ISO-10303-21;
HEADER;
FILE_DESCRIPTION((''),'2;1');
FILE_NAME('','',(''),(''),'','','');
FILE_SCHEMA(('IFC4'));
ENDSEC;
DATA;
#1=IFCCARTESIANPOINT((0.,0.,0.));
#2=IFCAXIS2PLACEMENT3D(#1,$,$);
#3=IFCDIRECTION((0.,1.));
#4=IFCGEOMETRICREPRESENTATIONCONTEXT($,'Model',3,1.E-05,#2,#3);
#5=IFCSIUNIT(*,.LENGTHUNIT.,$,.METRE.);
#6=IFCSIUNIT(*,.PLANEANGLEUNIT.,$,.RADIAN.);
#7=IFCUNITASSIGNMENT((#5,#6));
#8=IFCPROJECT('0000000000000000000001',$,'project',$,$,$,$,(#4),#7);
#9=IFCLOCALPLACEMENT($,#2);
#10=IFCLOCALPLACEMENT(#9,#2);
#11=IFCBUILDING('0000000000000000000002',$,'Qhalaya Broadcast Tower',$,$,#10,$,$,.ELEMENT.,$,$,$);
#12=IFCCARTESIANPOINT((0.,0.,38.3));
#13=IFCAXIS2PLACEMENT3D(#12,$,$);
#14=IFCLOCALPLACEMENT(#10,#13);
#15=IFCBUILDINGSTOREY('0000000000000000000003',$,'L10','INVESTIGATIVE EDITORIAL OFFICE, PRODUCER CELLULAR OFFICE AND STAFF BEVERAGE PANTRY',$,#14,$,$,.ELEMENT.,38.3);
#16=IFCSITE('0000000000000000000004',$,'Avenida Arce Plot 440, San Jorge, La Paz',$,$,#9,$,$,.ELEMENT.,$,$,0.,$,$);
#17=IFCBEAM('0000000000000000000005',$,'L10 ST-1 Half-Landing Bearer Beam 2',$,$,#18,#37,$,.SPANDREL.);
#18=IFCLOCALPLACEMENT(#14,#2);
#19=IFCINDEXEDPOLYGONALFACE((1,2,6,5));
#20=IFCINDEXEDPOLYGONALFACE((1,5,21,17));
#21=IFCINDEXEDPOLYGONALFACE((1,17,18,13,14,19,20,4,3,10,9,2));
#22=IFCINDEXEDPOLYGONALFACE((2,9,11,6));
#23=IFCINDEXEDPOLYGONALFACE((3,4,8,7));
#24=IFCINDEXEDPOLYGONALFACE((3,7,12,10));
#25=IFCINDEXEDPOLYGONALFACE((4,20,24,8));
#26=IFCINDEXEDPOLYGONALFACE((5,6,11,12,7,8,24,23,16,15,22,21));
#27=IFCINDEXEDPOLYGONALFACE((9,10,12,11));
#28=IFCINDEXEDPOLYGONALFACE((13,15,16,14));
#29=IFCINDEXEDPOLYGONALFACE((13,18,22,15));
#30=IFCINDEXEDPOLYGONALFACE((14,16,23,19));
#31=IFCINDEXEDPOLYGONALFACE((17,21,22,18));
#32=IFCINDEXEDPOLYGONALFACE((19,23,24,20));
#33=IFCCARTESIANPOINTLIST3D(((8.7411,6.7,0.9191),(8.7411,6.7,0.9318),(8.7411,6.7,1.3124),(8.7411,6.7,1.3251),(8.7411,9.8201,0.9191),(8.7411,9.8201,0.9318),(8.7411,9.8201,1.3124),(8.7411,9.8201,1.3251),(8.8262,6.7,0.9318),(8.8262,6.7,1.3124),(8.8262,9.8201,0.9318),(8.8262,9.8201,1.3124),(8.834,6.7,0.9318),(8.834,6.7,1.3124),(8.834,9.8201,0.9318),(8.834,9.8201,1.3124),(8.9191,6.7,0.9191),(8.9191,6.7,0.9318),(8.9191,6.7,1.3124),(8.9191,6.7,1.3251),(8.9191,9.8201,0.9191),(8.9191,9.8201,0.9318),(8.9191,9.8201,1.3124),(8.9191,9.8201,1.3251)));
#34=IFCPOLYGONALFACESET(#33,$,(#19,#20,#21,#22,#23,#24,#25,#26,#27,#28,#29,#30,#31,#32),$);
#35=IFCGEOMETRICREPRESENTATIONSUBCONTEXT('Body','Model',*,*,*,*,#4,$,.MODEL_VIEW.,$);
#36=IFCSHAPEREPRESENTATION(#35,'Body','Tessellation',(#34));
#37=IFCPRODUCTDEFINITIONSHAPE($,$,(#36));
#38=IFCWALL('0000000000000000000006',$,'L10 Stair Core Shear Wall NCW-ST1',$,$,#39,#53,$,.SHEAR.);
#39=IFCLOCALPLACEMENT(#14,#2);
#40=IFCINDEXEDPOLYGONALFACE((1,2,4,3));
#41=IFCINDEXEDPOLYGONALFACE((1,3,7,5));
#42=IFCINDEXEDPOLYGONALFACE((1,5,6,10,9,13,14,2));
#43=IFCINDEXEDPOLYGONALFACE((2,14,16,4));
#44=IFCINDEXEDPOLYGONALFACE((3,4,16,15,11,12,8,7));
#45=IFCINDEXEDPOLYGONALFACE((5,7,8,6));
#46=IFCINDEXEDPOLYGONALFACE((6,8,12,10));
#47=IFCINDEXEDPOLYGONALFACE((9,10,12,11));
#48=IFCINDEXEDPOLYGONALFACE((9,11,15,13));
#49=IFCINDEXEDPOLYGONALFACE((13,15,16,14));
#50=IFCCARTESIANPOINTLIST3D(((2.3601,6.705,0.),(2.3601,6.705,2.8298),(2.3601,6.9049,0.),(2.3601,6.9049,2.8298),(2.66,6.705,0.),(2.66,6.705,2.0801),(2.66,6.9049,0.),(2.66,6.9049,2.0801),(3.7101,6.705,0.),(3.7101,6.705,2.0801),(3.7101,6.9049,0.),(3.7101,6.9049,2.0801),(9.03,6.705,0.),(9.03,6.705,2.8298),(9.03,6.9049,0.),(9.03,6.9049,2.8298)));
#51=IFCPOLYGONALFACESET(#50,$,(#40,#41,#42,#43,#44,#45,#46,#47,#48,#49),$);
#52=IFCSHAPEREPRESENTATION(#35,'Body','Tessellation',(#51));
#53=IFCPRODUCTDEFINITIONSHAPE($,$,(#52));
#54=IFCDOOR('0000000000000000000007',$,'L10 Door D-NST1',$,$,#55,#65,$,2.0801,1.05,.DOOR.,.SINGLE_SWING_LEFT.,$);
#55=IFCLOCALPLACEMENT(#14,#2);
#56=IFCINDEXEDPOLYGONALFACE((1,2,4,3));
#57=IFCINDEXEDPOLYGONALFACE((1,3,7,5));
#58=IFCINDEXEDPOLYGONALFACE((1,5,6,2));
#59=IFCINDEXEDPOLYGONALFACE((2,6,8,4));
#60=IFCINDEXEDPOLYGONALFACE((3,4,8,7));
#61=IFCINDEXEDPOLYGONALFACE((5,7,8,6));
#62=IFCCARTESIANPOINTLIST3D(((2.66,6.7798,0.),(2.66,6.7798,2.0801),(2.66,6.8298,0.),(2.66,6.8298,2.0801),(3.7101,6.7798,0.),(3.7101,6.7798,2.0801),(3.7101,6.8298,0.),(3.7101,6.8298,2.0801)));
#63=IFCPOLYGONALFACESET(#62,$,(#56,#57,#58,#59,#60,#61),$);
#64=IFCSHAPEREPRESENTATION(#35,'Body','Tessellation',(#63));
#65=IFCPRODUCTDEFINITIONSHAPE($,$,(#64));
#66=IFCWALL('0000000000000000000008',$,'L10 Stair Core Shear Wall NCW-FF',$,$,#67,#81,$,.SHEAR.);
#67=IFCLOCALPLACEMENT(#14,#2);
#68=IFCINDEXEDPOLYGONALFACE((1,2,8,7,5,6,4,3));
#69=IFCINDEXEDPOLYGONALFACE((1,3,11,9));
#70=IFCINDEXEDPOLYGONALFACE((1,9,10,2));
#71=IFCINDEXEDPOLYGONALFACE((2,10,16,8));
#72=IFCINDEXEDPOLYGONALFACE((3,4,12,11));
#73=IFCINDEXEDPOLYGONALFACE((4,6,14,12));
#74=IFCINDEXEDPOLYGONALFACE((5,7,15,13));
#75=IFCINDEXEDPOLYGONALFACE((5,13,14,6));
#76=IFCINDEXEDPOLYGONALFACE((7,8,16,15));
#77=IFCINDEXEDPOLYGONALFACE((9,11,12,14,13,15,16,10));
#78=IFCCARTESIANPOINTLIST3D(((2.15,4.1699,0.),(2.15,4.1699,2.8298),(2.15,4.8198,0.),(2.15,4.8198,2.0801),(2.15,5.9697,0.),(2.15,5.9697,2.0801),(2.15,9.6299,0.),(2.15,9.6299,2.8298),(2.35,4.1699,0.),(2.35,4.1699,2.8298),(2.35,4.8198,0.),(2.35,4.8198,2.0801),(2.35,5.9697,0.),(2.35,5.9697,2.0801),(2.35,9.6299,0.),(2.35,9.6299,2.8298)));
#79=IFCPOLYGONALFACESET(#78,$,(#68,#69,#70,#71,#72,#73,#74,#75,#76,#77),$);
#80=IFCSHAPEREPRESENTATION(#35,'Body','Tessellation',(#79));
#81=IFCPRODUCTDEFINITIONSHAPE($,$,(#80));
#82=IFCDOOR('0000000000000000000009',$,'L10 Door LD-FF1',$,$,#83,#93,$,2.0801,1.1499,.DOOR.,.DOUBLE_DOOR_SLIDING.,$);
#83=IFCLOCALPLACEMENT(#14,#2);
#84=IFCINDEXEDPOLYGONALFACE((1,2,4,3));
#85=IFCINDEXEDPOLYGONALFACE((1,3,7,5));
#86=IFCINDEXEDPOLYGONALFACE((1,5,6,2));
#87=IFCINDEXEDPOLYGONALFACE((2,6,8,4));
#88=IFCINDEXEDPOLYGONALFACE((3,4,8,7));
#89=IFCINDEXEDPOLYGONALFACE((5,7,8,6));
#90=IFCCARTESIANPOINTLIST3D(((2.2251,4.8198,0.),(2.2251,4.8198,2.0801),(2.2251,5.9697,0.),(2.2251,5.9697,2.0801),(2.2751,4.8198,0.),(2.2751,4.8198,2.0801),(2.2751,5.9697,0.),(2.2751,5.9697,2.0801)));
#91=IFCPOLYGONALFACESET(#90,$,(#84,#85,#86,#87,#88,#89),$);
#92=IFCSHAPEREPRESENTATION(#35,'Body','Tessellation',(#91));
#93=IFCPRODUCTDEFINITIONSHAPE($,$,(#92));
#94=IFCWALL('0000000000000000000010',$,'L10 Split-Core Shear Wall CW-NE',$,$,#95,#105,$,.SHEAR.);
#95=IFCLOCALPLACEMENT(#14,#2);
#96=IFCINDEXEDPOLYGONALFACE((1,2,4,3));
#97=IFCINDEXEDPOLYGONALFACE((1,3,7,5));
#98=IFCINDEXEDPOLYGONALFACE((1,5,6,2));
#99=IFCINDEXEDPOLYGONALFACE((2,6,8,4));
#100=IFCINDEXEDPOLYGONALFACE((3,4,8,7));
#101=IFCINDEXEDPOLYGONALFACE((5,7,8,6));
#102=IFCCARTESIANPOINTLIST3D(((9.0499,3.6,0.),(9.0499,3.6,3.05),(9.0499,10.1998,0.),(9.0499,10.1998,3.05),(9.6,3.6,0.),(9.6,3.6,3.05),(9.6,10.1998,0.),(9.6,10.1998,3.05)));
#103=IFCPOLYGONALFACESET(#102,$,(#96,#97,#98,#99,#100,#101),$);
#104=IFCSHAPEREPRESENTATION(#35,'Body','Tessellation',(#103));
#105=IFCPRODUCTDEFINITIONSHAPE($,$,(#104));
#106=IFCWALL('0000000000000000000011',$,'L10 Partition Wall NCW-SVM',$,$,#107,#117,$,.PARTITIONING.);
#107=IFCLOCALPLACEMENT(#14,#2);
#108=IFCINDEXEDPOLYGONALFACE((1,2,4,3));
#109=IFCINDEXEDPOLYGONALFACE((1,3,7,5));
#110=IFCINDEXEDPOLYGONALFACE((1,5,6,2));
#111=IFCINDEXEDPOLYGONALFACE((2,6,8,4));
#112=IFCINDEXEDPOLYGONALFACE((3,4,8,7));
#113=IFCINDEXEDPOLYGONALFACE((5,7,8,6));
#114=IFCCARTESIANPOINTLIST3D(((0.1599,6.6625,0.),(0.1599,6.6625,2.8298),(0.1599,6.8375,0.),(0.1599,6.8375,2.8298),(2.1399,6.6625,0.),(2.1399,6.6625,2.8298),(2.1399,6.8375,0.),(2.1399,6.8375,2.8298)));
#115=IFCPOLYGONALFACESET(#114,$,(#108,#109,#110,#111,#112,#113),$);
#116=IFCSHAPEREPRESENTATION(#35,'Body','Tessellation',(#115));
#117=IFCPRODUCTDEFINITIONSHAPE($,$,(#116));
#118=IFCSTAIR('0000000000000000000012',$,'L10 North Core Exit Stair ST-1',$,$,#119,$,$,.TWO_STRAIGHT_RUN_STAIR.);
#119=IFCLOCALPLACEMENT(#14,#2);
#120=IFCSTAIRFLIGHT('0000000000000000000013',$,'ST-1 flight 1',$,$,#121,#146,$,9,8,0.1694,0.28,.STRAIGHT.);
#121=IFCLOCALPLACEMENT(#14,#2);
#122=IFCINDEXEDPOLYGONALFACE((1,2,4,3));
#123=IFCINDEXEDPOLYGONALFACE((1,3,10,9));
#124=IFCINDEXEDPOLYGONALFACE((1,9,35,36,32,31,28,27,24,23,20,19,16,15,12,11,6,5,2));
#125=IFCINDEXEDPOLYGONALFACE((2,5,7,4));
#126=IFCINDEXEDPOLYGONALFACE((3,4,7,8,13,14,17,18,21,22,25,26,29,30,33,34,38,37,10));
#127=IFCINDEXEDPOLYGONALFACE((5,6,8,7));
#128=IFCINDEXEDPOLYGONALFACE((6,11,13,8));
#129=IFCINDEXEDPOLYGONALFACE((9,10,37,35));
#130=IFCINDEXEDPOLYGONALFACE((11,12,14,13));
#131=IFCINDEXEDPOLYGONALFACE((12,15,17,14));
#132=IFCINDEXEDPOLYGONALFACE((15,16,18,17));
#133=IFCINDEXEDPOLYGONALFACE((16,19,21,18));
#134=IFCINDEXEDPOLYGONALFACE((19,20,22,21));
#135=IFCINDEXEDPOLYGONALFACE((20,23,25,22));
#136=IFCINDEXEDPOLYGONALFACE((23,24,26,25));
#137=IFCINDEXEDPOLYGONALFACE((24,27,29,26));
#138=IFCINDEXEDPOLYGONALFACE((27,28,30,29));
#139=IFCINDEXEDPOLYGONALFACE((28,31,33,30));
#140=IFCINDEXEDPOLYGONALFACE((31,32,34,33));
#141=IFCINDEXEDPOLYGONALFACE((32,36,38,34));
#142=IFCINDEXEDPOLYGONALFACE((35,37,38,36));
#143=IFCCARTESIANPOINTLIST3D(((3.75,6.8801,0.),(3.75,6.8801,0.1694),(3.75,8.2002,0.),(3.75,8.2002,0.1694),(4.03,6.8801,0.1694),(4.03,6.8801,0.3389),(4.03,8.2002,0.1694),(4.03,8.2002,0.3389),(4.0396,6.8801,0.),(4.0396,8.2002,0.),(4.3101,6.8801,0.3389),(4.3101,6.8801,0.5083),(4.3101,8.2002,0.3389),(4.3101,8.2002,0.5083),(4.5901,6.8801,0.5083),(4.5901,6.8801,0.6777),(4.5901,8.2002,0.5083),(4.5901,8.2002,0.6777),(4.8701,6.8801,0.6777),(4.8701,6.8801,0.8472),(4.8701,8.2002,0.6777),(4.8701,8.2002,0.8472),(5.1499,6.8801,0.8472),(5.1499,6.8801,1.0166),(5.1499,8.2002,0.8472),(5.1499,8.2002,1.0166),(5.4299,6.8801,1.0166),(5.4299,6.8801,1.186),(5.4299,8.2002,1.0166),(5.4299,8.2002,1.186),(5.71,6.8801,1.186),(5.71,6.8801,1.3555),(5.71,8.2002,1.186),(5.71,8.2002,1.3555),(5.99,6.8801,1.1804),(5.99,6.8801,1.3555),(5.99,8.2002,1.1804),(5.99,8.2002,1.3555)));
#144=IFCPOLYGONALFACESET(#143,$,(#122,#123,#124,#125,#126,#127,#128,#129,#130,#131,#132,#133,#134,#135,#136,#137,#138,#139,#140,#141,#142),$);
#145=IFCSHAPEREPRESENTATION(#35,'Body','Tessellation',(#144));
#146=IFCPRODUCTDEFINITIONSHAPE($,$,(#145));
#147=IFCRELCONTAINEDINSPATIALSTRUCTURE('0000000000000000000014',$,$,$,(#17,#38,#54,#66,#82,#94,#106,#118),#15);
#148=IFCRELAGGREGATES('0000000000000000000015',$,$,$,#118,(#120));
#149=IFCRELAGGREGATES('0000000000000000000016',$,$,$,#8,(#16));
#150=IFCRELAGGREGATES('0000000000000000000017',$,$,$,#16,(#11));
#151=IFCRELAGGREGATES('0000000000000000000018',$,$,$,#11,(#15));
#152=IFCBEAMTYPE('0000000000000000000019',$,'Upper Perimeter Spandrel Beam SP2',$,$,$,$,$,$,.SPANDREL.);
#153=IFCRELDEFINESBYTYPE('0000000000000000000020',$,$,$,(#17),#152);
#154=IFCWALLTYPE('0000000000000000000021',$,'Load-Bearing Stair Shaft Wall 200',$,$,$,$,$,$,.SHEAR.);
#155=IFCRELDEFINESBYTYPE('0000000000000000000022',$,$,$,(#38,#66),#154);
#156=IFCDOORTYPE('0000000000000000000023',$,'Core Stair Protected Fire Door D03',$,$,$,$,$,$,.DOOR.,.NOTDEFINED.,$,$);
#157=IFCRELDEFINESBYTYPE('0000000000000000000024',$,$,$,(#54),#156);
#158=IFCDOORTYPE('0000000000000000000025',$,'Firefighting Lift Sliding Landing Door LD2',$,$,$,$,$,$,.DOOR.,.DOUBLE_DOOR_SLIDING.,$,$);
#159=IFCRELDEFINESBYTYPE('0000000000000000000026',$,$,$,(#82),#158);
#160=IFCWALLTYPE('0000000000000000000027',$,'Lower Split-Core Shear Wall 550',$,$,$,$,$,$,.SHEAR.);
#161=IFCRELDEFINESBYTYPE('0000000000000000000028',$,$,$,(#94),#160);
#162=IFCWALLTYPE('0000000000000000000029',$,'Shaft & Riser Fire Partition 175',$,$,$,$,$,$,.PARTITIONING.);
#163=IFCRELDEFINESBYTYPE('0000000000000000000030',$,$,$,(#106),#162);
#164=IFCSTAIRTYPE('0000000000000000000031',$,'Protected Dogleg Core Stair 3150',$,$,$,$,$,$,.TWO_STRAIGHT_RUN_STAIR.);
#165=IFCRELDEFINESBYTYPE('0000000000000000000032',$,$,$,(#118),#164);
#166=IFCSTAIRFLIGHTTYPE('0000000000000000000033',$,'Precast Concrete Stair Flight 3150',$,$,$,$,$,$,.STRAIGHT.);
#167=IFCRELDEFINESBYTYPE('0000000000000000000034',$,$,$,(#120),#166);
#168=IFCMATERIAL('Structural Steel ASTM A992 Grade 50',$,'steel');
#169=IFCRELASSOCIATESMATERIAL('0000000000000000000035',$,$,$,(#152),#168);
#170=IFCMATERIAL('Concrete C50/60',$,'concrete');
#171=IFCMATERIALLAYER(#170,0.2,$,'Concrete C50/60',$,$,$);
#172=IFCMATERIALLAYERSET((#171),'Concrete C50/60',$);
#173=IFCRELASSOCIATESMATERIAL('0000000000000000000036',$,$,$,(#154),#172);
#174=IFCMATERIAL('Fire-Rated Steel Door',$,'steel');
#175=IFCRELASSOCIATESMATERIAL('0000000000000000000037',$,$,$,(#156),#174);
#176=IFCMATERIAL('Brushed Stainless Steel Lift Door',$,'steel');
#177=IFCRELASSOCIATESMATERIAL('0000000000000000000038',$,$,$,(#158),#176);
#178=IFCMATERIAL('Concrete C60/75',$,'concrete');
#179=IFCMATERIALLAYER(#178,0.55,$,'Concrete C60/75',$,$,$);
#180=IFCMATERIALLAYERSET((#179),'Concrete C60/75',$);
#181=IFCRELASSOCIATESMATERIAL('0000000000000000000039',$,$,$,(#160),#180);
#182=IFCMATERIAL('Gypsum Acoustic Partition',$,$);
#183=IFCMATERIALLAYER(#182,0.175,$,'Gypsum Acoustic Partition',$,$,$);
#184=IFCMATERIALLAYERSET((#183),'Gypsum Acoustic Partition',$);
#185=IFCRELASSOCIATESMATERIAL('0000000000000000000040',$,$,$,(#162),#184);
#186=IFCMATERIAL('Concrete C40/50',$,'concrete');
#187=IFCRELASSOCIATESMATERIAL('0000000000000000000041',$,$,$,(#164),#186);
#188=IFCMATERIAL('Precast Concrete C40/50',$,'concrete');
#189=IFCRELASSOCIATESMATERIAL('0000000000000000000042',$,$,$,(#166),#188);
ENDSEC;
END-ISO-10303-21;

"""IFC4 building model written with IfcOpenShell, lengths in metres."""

from ifc_helpers import new_model, si_unit, direction, frame, frame_2d, origin, origin_2d, place, context, subcontext, project, spatial, polyline, rectangle, i_section, outline, extrude, material, layer, layer_set, material_profile, profile_set, type_object, element, fill, aggregate, save


model = new_model("IFC4")

# Units and contexts
model_context = context("Model", 3, precision=1e-05, world=origin(), true_north=direction((0.0, 1.0)))
body_context = subcontext(model_context, "Body", "Model", "MODEL_VIEW")
ifc_project = project(units=[si_unit("LENGTHUNIT", "METRE"), si_unit("PLANEANGLEUNIT", "RADIAN")], contexts=[model_context])

# Site, building, storey
site_placement = place(None, origin())
site = spatial("IfcSite", under=ifc_project, at=site_placement, Name="Avenida Arce Plot 440, San Jorge, La Paz", CompositionType="ELEMENT", RefElevation=0.0)
building_placement = place(site_placement, origin())
building = spatial("IfcBuilding", under=site, at=building_placement, Name="Qhalaya Broadcast Tower", CompositionType="ELEMENT")
storey_placement = place(building_placement, frame((0.0, 0.0, 38.3)))
storey = spatial("IfcBuildingStorey", under=building, at=storey_placement, Name="L10", Description="INVESTIGATIVE EDITORIAL OFFICE, PRODUCER CELLULAR OFFICE AND STAFF BEVERAGE PANTRY", CompositionType="ELEMENT", Elevation=38.3)

# Shared definitions
ifc_material_1 = material(Name="Concrete C50/60", Category="concrete")

# Beam
ifc_material_2 = material(Name="Structural Steel ASTM A992 Grade 50", Category="steel")
ifc_material_profile_1 = material_profile(ifc_material_2, i_section(OverallWidth=0.178, OverallDepth=0.406, WebThickness=0.0078, FlangeThickness=0.0127, at=origin_2d()), Name="W16X40")
ifc_profile_set_1 = profile_set([ifc_material_profile_1], Name="Structural Steel ASTM A992 Grade 50")
beam_type_1 = type_object("IfcBeamType", Name="Upper Perimeter Spandrel Beam SP2", PredefinedType="SPANDREL", material=ifc_profile_set_1)
for number, where, z_axis, x_axis, name in (
    (1, (8.8301, 6.7, 1.1221), (0.0, 1.0, 0.0), (-1.0, 0.0, 0.0), "L10 ST-1 Half-Landing Bearer Beam 2"),
):
    element("IfcBeam", number, at=place(storey_placement, frame(where, z_axis=z_axis, x_axis=x_axis)), inside=storey, type_object=beam_type_1, Name=name, PredefinedType="SPANDREL", context=body_context, shape_type="SweptSolid", body=[
        extrude(i_section(OverallWidth=0.178, OverallDepth=0.406, WebThickness=0.0078, FlangeThickness=0.0127, at=origin_2d()), origin(), (0.0, 0.0, 1.0), 3.1201),
    ])

# Walls, openings, doors
ifc_layer_1 = layer(ifc_material_1, 0.2, Name="Concrete C50/60")
ifc_layer_set_1 = layer_set([ifc_layer_1], Name="Concrete C50/60")
wall_type_1 = type_object("IfcWallType", Name="Load-Bearing Stair Shaft Wall 200", PredefinedType="SHEAR", material=ifc_layer_set_1)
wall_1_placement = place(storey_placement, frame((2.3601, 6.8049, 0.0), z_axis=(0.0, 0.0, 1.0), x_axis=(1.0, 0.0, 0.0)))
wall_1 = element("IfcWall", 2, at=wall_1_placement, inside=storey, type_object=wall_type_1, Name="L10 Stair Core Shear Wall NCW-ST1", PredefinedType="SHEAR", context=body_context, shape_type="SweptSolid", body=[
    extrude(rectangle(XDim=6.6699, YDim=0.2, at=frame_2d((3.335, 0.0))), origin(), (0.0, 0.0, 1.0), 2.8298),
])
opening_1_placement = place(wall_1_placement, frame((0.3, 0.0, 0.0)))
opening_1 = element("IfcOpeningElement", 3, at=opening_1_placement, cuts=wall_1, PredefinedType="OPENING", context=body_context, shape_type="SweptSolid", body=[
    extrude(rectangle(XDim=1.05, YDim=2.0801, at=frame_2d((0.5249, 1.04))), frame((0.0, 0.1121, 0.0), z_axis=(0.0, -1.0, 0.0), x_axis=(1.0, 0.0, 0.0)), (0.0, 0.0, 1.0), 0.2239),
])
ifc_material_3 = material(Name="Fire-Rated Steel Door", Category="steel")
door_type_1 = type_object("IfcDoorType", Name="Core Stair Protected Fire Door D03", OperationType="NOTDEFINED", PredefinedType="DOOR", material=ifc_material_3)
door_1_placement = place(opening_1_placement, origin())
door_1 = element("IfcDoor", 4, at=door_1_placement, inside=storey, type_object=door_type_1, Name="L10 Door D-NST1", OperationType="SINGLE_SWING_LEFT", OverallHeight=2.0801, OverallWidth=1.05, PredefinedType="DOOR", context=body_context, shape_type="SweptSolid", body=[
    extrude(rectangle(XDim=1.05, YDim=2.0801, at=frame_2d((0.5249, 1.04))), frame((0.0, 0.0249, 0.0), z_axis=(0.0, -1.0, 0.0), x_axis=(1.0, 0.0, 0.0)), (0.0, 0.0, 1.0), 0.05),
])
fill(opening_1, door_1)
wall_2_placement = place(storey_placement, frame((2.25, 4.1699, 0.0), z_axis=(0.0, 0.0, 1.0), x_axis=(0.0, 1.0, 0.0)))
wall_2 = element("IfcWall", 5, at=wall_2_placement, inside=storey, type_object=wall_type_1, Name="L10 Stair Core Shear Wall NCW-FF", PredefinedType="SHEAR", context=body_context, shape_type="SweptSolid", body=[
    extrude(rectangle(XDim=5.46, YDim=0.2, at=frame_2d((2.73, 0.0))), origin(), (0.0, 0.0, 1.0), 2.8298),
])
opening_2_placement = place(wall_2_placement, frame((0.6499, 0.0, 0.0)))
opening_2 = element("IfcOpeningElement", 6, at=opening_2_placement, cuts=wall_2, PredefinedType="OPENING", context=body_context, shape_type="SweptSolid", body=[
    extrude(rectangle(XDim=1.1499, YDim=2.0801, at=frame_2d((0.575, 1.04))), frame((0.0, 0.1121, 0.0), z_axis=(0.0, -1.0, 0.0), x_axis=(1.0, 0.0, 0.0)), (0.0, 0.0, 1.0), 0.2239),
])
ifc_material_4 = material(Name="Brushed Stainless Steel Lift Door", Category="steel")
door_type_2 = type_object("IfcDoorType", Name="Firefighting Lift Sliding Landing Door LD2", OperationType="DOUBLE_DOOR_SLIDING", PredefinedType="DOOR", material=ifc_material_4)
door_2_placement = place(opening_2_placement, origin())
door_2 = element("IfcDoor", 7, at=door_2_placement, inside=storey, type_object=door_type_2, Name="L10 Door LD-FF1", OperationType="DOUBLE_DOOR_SLIDING", OverallHeight=2.0801, OverallWidth=1.1499, PredefinedType="DOOR", context=body_context, shape_type="SweptSolid", body=[
    extrude(rectangle(XDim=1.1499, YDim=2.0801, at=frame_2d((0.575, 1.04))), frame((0.0, 0.0249, 0.0), z_axis=(0.0, -1.0, 0.0), x_axis=(1.0, 0.0, 0.0)), (0.0, 0.0, 1.0), 0.05),
])
fill(opening_2, door_2)

# Wall
ifc_material_5 = material(Name="Concrete C60/75", Category="concrete")
ifc_layer_2 = layer(ifc_material_5, 0.55, Name="Concrete C60/75")
ifc_layer_set_2 = layer_set([ifc_layer_2], Name="Concrete C60/75")
wall_type_2 = type_object("IfcWallType", Name="Lower Split-Core Shear Wall 550", PredefinedType="SHEAR", material=ifc_layer_set_2)
wall_3_placement = place(storey_placement, frame((9.325, 3.6001, 0.0), z_axis=(0.0, 0.0, 1.0), x_axis=(0.0, 1.0, 0.0)))
element("IfcWall", 8, at=wall_3_placement, inside=storey, type_object=wall_type_2, Name="L10 Split-Core Shear Wall CW-NE", PredefinedType="SHEAR", context=body_context, shape_type="SweptSolid", body=[
    extrude(rectangle(XDim=6.5999, YDim=0.55, at=frame_2d((3.2998, 0.0))), origin(), (0.0, 0.0, 1.0), 3.05),
])

# Shared definitions
ifc_material_6 = material(Name="Gypsum Acoustic Partition")
ifc_layer_3 = layer(ifc_material_6, 0.175, Name="Gypsum Acoustic Partition")
ifc_layer_set_3 = layer_set([ifc_layer_3], Name="Gypsum Acoustic Partition")
wall_type_3 = type_object("IfcWallType", Name="Shaft & Riser Fire Partition 175", PredefinedType="PARTITIONING", material=ifc_layer_set_3)

# Wall
wall_4_placement = place(storey_placement, frame((0.1599, 6.75, 0.0), z_axis=(0.0, 0.0, 1.0), x_axis=(1.0, 0.0, 0.0)))
element("IfcWall", 9, at=wall_4_placement, inside=storey, type_object=wall_type_3, Name="L10 Partition Wall NCW-SVM", PredefinedType="PARTITIONING", context=body_context, shape_type="SweptSolid", body=[
    extrude(rectangle(XDim=1.98, YDim=0.175, at=frame_2d((0.99, 0.0))), origin(), (0.0, 0.0, 1.0), 2.8298),
])

# Stair, stair flight
ifc_material_7 = material(Name="Concrete C40/50", Category="concrete")
stair_type = type_object("IfcStairType", Name="Protected Dogleg Core Stair 3150", PredefinedType="TWO_STRAIGHT_RUN_STAIR", material=ifc_material_7)
stair_placement = place(storey_placement, origin())
stair = element("IfcStair", 10, at=stair_placement, inside=storey, type_object=stair_type, Name="L10 North Core Exit Stair ST-1", PredefinedType="TWO_STRAIGHT_RUN_STAIR")
ifc_material_8 = material(Name="Precast Concrete C40/50", Category="concrete")
stair_flight_type = type_object("IfcStairFlightType", Name="Precast Concrete Stair Flight 3150", PredefinedType="STRAIGHT", material=ifc_material_8)
stair_flight_1_placement = place(storey_placement, frame((3.75, 7.54, 0.0), z_axis=(0.0, 0.0, 1.0), x_axis=(1.0, 0.0, 0.0)))
stair_flight_1 = element("IfcStairFlight", 11, at=stair_flight_1_placement, type_object=stair_flight_type, Name="ST-1 flight 1", NumberOfRisers=9, NumberOfTreads=8, PredefinedType="STRAIGHT", RiserHeight=0.1694, TreadLength=0.28, context=body_context, shape_type="SweptSolid", body=[
    extrude(outline(polyline([(0.0, 0.0), (0.0, 0.1694), (0.28, 0.1694), (0.28, 0.3389), (0.5601, 0.3389), (0.5601, 0.5083), (0.8401, 0.5083), (0.8401, 0.6777), (1.1201, 0.6777), (1.1201, 0.8472), (1.3999, 0.8472), (1.3999, 1.0166), (1.6799, 1.0166), (1.6799, 1.186), (1.96, 1.186), (1.96, 1.3555), (2.24, 1.3555), (2.24, 1.5249), (2.24, 1.1804), (0.2896, 0.0), (0.0, 0.0)])), frame((0.0, 0.6602, 0.0), z_axis=(0.0, -1.0, 0.0), x_axis=(1.0, 0.0, 0.0)), (0.0, 0.0, 1.0), 1.3201),
])
aggregate(stair, [stair_flight_1])

save(model, "model.ifc")
